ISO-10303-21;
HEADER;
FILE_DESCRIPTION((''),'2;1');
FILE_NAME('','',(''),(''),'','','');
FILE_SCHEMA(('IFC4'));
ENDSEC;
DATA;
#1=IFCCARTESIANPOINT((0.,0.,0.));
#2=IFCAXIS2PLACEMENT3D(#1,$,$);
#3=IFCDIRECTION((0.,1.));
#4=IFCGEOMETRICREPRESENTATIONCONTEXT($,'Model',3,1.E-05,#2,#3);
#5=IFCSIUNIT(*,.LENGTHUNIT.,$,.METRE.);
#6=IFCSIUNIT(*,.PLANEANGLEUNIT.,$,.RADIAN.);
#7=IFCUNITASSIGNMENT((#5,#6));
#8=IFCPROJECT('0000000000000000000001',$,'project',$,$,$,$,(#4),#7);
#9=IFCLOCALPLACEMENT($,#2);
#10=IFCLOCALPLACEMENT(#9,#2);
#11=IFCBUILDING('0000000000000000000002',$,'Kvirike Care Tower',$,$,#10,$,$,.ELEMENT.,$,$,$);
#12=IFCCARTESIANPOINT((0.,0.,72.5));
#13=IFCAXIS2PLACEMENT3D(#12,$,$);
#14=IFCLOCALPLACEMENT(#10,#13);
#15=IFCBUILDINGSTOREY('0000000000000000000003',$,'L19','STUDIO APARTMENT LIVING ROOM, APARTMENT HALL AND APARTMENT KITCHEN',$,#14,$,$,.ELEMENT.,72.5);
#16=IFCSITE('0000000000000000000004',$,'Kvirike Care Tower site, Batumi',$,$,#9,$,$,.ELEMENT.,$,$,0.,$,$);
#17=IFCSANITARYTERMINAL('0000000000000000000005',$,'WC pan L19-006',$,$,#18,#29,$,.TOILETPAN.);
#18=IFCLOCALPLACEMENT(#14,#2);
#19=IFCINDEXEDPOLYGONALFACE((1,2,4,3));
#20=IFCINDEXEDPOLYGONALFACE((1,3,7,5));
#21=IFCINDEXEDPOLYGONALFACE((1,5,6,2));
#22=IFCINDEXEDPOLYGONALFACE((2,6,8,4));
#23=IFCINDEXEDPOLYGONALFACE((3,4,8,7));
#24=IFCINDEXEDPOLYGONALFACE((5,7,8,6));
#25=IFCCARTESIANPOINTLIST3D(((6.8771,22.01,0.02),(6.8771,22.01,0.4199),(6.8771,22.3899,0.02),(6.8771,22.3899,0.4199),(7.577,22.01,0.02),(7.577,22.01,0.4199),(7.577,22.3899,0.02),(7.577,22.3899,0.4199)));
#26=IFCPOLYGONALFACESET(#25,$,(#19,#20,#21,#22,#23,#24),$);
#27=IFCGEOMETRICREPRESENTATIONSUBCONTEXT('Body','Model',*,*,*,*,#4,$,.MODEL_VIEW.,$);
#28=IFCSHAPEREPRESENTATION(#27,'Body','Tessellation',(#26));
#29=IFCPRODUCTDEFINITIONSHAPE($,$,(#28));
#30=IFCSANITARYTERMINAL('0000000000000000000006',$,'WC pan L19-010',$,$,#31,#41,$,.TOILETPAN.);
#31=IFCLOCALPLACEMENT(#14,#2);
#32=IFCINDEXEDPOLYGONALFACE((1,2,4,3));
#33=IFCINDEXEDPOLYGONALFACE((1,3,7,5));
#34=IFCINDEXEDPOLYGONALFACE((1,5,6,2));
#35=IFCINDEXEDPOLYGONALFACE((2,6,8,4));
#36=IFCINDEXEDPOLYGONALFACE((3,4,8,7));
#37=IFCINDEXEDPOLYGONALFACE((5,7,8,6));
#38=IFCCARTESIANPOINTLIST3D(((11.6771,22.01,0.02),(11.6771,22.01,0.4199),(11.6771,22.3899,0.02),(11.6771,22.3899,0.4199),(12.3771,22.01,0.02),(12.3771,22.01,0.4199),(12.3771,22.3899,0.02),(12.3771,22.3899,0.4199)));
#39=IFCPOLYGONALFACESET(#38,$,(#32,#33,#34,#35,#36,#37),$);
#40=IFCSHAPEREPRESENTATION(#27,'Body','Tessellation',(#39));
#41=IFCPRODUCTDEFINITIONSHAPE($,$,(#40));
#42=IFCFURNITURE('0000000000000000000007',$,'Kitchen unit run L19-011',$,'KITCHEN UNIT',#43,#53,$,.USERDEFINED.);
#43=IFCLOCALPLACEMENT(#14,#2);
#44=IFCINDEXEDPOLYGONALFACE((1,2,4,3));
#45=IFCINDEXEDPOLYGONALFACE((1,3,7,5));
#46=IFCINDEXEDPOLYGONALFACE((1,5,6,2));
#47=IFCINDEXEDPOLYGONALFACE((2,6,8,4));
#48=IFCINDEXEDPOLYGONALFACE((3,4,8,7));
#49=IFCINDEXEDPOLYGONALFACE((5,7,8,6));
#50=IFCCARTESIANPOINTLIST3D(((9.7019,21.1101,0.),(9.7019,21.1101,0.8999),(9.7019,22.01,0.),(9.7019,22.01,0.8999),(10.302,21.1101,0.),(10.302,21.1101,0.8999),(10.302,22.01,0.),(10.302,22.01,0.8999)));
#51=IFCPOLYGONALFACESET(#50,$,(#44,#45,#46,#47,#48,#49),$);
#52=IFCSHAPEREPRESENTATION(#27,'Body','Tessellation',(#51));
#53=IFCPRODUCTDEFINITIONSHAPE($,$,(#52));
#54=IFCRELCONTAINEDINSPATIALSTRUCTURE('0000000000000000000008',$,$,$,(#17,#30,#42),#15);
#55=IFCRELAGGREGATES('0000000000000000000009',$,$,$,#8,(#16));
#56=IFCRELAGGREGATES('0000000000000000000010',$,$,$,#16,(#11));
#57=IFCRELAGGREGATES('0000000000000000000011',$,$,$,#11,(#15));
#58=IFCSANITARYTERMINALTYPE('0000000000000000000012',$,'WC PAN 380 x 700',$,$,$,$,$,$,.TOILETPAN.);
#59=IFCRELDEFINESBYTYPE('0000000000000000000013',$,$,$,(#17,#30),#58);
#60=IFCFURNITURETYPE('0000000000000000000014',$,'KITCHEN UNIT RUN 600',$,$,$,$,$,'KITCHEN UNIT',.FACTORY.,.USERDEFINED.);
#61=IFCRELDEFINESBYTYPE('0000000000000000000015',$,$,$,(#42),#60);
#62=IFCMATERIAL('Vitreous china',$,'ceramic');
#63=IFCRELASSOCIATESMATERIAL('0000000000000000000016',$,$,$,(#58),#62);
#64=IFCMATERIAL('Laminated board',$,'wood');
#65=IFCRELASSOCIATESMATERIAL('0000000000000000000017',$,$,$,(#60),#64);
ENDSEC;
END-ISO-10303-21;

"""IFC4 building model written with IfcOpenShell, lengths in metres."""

from ifc_helpers import new_model, si_unit, direction, frame, origin, origin_2d, place, context, subcontext, project, spatial, rectangle, extrude, material, type_object, element, save


model = new_model("IFC4")

# Units and contexts
model_context = context("Model", 3, precision=1e-05, world=origin(), true_north=direction((0.0, 1.0)))
body_context = subcontext(model_context, "Body", "Model", "MODEL_VIEW")
ifc_project = project(units=[si_unit("LENGTHUNIT", "METRE"), si_unit("PLANEANGLEUNIT", "RADIAN")], contexts=[model_context])

# Site, building, storey
site_placement = place(None, origin())
site = spatial("IfcSite", under=ifc_project, at=site_placement, Name="Kvirike Care Tower site, Batumi", CompositionType="ELEMENT", RefElevation=0.0)
building_placement = place(site_placement, origin())
building = spatial("IfcBuilding", under=site, at=building_placement, Name="Kvirike Care Tower", CompositionType="ELEMENT")
storey_placement = place(building_placement, frame((0.0, 0.0, 72.5)))
storey = spatial("IfcBuildingStorey", under=building, at=storey_placement, Name="L19", Description="STUDIO APARTMENT LIVING ROOM, APARTMENT HALL AND APARTMENT KITCHEN", CompositionType="ELEMENT", Elevation=72.5)

# Sanitary terminals
ifc_material_1 = material(Name="Vitreous china", Category="ceramic")
sanitary_terminal_type_1 = type_object("IfcSanitaryTerminalType", Name="WC PAN 380 x 700", PredefinedType="TOILETPAN", material=ifc_material_1)
for number, where, z_axis, x_axis, name in (
    (1, (7.2271, 22.2, 0.02), (0.0, 0.0, 1.0), (0.0, 1.0, 0.0), "WC pan L19-006"),
    (2, (12.0271, 22.2, 0.02), (0.0, 0.0, 1.0), (0.0, 1.0, 0.0), "WC pan L19-010"),
):
    element("IfcSanitaryTerminal", number, at=place(storey_placement, frame(where, z_axis=z_axis, x_axis=x_axis)), inside=storey, type_object=sanitary_terminal_type_1, Name=name, PredefinedType="TOILETPAN", context=body_context, shape_type="SweptSolid", body=[
        extrude(rectangle(XDim=0.3799, YDim=0.7, at=origin_2d()), origin(), (0.0, 0.0, 1.0), 0.3999),
    ])

# Furniture
ifc_material_2 = material(Name="Laminated board", Category="wood")
furniture_type = type_object("IfcFurnitureType", Name="KITCHEN UNIT RUN 600", ElementType="KITCHEN UNIT", AssemblyPlace="FACTORY", PredefinedType="USERDEFINED", material=ifc_material_2)
furniture_placement = place(storey_placement, frame((10.002, 21.5601, 0.0), z_axis=(0.0, 0.0, 1.0), x_axis=(0.0, 1.0, 0.0)))
element("IfcFurniture", 3, at=furniture_placement, inside=storey, type_object=furniture_type, Name="Kitchen unit run L19-011", ObjectType="KITCHEN UNIT", PredefinedType="USERDEFINED", context=body_context, shape_type="SweptSolid", body=[
    extrude(rectangle(XDim=0.8999, YDim=0.6001, at=origin_2d()), origin(), (0.0, 0.0, 1.0), 0.8999),
])

save(model, "model.ifc")
